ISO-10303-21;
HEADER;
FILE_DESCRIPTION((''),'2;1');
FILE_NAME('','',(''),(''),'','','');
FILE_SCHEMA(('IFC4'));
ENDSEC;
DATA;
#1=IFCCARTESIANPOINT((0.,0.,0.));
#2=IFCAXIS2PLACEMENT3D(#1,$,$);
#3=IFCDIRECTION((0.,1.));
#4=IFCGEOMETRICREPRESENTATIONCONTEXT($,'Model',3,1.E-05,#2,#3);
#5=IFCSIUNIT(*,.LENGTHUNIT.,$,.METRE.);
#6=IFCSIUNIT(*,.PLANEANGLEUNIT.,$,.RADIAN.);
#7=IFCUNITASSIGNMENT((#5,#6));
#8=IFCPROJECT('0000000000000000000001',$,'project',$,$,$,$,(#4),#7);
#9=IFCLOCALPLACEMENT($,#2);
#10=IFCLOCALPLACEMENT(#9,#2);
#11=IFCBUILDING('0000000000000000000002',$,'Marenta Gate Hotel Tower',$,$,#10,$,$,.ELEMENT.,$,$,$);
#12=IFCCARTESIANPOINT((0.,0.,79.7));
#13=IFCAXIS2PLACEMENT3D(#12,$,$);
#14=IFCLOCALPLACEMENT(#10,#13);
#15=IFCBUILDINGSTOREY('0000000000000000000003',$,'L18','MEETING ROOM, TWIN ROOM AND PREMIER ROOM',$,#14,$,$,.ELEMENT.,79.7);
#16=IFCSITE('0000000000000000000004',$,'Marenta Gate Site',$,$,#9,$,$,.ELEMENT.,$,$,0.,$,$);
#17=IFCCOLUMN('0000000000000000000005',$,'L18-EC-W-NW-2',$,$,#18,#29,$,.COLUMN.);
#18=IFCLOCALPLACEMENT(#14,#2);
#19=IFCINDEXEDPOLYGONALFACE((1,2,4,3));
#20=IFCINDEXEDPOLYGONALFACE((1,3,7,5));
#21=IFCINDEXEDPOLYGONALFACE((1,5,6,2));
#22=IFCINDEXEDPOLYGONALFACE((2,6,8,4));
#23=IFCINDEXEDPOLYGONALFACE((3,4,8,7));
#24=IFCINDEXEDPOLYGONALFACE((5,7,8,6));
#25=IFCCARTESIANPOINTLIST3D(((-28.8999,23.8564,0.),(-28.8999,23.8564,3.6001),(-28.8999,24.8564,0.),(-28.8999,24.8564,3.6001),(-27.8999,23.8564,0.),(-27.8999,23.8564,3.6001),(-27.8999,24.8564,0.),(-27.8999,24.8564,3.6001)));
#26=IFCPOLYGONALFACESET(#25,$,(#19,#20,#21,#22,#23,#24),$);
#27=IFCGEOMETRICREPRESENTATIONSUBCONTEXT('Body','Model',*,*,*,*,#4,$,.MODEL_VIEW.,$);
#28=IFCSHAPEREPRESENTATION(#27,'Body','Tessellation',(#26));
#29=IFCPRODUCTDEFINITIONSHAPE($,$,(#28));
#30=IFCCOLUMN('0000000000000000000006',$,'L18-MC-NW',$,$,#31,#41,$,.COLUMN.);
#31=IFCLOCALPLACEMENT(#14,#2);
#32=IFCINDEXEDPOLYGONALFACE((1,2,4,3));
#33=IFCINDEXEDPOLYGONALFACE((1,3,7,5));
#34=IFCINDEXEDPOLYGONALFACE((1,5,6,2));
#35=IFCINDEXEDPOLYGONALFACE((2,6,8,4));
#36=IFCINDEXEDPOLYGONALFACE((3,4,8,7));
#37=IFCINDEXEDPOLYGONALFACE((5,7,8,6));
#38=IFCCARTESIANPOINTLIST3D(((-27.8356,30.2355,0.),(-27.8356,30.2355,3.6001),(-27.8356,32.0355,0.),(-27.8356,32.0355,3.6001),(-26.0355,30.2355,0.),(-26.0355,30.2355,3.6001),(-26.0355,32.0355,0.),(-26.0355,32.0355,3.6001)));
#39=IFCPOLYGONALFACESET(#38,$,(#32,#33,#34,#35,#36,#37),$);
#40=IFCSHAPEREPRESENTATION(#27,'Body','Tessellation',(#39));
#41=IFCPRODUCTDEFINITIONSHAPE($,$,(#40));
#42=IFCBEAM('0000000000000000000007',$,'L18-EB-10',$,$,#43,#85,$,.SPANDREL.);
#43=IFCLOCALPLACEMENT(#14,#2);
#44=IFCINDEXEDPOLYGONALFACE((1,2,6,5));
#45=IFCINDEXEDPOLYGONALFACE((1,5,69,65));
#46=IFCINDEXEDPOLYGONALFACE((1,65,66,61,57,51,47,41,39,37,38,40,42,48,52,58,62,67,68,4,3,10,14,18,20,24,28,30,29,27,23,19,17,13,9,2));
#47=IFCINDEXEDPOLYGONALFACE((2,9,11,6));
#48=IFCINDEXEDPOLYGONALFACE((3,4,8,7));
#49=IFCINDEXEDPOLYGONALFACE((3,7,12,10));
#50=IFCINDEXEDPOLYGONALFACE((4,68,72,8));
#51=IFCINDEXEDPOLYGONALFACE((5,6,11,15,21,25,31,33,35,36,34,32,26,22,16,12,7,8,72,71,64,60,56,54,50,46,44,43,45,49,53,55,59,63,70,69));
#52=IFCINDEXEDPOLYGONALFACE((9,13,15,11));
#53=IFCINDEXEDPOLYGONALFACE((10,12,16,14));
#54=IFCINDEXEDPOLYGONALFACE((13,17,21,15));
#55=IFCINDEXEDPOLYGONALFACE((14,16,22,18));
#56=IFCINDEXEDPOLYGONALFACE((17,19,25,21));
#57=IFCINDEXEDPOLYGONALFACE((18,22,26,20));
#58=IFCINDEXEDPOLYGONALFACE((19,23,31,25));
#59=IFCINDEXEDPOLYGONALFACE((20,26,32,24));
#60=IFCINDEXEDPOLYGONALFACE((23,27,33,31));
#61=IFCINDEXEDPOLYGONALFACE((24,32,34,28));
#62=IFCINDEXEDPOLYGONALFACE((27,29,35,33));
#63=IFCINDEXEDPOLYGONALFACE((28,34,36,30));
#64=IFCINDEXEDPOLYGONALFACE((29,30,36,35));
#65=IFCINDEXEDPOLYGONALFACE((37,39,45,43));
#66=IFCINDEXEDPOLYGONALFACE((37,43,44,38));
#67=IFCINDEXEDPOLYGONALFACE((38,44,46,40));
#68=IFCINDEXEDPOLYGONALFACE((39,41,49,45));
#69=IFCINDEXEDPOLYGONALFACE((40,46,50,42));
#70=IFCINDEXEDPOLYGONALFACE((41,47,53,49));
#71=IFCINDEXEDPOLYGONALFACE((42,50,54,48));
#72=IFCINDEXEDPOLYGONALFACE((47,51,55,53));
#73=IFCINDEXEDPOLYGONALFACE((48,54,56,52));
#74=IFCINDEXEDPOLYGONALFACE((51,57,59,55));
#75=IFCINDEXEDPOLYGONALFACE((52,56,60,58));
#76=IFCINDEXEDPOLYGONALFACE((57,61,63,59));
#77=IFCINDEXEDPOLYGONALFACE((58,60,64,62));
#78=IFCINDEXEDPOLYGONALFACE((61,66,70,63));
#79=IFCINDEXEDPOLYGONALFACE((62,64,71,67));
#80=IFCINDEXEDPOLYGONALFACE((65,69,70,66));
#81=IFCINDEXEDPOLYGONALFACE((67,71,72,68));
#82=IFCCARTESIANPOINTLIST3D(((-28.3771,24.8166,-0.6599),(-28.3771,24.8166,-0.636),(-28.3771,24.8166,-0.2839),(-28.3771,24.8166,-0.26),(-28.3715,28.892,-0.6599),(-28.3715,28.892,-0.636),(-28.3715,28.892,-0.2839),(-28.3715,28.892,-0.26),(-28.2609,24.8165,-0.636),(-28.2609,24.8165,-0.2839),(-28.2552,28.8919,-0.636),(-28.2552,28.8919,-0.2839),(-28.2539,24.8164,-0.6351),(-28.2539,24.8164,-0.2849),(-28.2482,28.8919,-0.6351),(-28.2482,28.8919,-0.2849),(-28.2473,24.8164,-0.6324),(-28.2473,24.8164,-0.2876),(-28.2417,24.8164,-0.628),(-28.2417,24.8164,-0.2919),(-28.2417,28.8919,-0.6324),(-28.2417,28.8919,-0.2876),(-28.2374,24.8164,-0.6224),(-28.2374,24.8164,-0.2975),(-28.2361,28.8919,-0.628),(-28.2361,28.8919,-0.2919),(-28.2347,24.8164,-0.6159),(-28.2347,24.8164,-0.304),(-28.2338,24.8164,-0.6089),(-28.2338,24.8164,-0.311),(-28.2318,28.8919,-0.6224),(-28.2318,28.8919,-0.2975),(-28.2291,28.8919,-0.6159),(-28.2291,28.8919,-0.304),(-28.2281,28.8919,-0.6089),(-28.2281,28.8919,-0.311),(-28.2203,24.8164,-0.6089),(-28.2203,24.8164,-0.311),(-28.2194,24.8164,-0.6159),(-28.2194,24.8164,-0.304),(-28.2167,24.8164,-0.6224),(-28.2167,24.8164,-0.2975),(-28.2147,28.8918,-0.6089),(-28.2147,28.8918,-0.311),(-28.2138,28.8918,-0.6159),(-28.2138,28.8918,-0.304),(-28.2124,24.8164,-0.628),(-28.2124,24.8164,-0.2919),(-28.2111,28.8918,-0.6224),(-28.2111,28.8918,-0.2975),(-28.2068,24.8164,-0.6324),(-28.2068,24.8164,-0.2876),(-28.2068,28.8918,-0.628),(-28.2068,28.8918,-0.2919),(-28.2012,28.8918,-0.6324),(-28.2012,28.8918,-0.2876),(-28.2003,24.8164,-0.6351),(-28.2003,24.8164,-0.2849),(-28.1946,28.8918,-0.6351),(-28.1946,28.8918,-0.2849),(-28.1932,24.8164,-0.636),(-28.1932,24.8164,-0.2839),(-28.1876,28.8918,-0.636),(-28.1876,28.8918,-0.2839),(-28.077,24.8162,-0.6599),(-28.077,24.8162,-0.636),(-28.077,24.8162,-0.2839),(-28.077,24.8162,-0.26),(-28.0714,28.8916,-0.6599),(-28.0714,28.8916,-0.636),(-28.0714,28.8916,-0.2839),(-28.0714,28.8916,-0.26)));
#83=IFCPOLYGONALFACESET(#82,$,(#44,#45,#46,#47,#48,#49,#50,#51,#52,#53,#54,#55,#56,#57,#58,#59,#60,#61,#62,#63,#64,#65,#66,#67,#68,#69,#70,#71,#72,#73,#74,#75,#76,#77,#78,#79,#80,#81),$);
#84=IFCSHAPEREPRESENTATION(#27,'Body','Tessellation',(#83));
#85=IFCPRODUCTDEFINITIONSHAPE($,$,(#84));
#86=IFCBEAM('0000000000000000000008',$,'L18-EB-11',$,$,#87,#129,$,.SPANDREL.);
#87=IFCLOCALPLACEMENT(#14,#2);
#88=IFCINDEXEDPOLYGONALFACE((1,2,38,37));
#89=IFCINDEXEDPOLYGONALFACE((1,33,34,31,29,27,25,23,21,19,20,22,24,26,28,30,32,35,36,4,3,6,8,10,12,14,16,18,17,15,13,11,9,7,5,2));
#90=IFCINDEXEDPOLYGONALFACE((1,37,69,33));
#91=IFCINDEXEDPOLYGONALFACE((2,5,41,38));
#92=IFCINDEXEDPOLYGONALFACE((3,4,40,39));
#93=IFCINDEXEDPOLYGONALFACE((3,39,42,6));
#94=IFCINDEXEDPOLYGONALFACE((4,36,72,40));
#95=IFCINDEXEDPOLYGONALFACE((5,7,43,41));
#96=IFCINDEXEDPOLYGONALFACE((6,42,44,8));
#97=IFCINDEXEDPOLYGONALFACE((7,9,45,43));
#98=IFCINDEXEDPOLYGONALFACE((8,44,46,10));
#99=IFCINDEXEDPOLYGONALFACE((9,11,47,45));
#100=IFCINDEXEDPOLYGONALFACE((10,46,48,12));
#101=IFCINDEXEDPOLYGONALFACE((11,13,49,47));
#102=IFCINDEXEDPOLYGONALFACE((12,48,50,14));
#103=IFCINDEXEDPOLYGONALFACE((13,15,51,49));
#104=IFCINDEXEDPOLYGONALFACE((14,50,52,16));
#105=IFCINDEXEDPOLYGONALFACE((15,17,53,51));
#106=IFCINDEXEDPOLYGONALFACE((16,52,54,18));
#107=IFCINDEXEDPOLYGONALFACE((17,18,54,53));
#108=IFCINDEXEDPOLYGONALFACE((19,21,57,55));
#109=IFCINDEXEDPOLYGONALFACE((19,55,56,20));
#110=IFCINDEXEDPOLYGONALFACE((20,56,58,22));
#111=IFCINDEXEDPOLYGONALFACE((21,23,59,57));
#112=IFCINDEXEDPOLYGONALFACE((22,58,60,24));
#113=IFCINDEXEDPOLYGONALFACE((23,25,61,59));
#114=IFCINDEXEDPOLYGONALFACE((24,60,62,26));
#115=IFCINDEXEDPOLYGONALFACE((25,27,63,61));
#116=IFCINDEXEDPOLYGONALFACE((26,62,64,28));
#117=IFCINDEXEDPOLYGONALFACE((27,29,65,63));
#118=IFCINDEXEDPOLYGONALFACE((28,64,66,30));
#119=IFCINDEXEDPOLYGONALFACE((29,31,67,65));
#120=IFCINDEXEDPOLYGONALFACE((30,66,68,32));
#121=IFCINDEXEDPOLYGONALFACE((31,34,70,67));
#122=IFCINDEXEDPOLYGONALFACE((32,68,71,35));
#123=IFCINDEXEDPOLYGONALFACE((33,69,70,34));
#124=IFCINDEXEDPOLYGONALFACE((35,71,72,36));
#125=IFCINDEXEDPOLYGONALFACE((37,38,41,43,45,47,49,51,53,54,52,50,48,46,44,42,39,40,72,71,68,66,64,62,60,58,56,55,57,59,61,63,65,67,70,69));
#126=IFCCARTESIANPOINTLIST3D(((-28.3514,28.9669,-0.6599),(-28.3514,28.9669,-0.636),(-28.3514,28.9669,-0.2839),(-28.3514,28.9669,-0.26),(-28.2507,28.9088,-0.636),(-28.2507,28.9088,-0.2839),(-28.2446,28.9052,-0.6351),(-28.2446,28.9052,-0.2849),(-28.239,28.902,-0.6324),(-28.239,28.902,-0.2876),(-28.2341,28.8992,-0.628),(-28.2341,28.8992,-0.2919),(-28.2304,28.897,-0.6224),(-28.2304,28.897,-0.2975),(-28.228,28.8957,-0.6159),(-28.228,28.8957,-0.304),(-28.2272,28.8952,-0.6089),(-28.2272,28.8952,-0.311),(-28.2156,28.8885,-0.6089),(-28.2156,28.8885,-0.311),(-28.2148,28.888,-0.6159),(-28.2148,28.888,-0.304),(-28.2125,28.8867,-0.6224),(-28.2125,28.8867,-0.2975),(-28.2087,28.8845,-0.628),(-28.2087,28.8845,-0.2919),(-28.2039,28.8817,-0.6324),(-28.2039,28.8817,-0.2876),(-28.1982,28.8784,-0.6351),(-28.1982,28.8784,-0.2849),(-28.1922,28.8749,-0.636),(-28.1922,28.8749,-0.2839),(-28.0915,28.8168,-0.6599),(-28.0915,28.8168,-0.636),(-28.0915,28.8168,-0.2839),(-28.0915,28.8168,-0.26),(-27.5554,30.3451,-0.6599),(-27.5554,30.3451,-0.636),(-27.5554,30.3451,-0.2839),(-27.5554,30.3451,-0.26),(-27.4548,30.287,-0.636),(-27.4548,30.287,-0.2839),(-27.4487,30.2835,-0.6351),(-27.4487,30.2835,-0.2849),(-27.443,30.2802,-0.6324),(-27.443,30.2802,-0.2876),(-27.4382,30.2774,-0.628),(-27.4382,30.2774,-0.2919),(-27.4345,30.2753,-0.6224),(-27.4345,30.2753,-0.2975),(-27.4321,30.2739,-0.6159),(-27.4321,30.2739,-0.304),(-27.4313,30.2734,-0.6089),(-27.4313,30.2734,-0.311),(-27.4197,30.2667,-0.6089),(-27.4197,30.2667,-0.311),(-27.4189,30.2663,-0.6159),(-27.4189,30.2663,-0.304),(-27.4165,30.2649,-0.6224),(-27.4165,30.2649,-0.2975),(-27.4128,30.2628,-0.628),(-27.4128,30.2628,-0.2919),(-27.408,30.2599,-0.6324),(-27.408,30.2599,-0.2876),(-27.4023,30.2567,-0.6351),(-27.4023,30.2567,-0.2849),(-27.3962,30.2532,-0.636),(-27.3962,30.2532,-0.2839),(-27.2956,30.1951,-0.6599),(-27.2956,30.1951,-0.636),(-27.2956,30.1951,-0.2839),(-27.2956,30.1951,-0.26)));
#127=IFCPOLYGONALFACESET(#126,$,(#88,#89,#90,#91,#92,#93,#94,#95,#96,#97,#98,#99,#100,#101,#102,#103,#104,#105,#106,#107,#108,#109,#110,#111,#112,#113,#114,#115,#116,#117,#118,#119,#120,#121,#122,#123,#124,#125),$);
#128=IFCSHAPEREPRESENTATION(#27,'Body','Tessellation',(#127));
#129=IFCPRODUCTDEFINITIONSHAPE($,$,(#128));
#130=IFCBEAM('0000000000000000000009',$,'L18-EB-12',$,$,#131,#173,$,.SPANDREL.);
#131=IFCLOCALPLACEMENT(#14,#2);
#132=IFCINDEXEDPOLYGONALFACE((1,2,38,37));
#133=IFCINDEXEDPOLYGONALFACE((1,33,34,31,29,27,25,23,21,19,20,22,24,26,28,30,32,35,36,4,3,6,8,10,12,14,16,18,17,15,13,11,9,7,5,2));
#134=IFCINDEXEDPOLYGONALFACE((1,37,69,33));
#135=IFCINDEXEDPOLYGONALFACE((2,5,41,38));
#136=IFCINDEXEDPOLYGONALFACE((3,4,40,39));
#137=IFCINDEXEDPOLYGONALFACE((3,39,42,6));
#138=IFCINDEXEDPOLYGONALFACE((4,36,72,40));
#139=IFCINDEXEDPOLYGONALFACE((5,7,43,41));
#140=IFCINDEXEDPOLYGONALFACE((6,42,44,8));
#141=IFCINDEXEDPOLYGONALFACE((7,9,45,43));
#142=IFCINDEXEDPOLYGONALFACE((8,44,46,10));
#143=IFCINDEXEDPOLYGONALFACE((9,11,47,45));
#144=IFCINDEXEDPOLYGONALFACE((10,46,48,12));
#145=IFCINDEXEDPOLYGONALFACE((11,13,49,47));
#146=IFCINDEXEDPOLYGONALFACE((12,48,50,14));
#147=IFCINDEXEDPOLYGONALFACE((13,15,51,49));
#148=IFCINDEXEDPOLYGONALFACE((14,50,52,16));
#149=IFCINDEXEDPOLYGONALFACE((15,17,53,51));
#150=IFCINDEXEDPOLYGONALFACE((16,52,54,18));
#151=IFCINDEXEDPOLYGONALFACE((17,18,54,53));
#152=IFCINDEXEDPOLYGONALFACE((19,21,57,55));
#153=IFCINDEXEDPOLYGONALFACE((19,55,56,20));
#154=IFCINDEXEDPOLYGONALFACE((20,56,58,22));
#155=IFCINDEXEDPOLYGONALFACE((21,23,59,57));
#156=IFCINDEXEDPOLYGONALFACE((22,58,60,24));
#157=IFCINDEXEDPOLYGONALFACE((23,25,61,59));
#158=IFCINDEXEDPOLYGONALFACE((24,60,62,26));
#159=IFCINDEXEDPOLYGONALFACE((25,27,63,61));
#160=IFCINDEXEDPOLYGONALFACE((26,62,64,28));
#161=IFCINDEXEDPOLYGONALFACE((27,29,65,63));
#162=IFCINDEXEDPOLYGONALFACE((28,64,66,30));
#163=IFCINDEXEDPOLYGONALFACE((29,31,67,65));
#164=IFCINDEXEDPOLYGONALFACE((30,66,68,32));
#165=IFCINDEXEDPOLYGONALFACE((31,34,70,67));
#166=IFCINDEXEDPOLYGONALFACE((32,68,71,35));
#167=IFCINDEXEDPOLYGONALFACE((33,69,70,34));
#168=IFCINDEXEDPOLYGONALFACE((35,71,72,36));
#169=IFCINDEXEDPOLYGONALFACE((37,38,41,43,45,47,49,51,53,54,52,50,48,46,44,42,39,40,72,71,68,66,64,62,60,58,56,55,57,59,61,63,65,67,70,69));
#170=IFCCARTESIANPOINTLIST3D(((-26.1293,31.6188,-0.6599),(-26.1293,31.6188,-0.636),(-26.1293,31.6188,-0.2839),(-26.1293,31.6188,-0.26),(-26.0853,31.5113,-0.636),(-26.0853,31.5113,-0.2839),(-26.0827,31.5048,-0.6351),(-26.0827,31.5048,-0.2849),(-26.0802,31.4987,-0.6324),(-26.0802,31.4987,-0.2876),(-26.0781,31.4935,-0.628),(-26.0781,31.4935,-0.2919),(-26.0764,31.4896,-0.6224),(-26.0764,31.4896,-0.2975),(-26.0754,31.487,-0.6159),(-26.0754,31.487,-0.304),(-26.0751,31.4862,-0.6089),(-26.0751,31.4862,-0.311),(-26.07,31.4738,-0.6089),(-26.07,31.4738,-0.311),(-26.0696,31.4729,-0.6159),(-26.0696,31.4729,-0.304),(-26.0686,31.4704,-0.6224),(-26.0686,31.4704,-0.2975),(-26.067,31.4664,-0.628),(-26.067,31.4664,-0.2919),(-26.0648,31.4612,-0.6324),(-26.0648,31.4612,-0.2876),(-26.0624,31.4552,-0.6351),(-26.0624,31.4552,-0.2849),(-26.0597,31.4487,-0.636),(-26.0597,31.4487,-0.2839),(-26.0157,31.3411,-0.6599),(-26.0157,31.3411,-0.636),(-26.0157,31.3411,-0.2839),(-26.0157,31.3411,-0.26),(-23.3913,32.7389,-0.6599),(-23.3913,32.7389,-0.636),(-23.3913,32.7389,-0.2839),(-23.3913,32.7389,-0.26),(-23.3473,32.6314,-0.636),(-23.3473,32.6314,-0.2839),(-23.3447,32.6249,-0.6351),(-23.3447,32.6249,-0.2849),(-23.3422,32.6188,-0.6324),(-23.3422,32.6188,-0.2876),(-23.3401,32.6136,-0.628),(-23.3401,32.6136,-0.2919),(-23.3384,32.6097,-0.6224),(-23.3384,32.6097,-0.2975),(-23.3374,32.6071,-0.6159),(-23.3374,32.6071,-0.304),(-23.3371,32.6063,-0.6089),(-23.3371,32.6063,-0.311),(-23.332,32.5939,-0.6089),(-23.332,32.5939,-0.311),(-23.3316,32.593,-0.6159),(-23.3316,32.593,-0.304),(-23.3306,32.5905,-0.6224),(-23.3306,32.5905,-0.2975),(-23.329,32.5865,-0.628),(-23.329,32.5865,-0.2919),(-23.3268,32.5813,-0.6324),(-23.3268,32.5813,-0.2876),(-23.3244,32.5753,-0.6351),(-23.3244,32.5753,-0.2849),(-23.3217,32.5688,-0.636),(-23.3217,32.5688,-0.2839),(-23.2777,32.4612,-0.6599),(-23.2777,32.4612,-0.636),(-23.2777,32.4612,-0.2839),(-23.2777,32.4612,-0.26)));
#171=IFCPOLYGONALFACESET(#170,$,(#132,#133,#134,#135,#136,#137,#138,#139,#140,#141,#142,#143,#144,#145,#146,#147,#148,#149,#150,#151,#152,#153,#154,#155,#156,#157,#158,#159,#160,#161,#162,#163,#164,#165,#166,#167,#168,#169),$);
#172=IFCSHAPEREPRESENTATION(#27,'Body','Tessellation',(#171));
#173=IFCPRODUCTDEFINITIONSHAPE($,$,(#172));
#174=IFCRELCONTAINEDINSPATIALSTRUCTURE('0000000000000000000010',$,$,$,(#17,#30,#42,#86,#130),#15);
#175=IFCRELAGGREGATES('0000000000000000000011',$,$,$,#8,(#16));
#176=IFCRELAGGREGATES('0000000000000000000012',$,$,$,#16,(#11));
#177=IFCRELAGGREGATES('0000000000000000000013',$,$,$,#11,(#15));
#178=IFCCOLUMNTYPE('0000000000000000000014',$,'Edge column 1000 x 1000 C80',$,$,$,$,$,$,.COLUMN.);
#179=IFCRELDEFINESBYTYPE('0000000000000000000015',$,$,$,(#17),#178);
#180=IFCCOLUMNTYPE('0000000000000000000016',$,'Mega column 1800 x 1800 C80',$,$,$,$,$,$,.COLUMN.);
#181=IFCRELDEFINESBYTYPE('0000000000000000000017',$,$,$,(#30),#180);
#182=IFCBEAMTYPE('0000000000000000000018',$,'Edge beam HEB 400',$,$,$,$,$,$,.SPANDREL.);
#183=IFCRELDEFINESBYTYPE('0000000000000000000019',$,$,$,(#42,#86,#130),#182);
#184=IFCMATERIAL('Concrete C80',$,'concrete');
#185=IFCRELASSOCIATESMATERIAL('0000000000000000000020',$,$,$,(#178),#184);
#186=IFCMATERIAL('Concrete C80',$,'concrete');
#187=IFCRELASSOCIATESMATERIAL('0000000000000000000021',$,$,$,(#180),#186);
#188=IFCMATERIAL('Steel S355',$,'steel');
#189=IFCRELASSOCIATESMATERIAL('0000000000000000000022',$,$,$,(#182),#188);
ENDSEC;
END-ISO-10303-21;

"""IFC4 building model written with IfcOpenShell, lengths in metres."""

from ifc_helpers import new_model, si_unit, direction, frame, origin, origin_2d, place, context, subcontext, project, spatial, rectangle, i_section, extrude, material, material_profile, profile_set, type_object, element, save


model = new_model("IFC4")

# Units and contexts
model_context = context("Model", 3, precision=1e-05, world=origin(), true_north=direction((0.0, 1.0)))
body_context = subcontext(model_context, "Body", "Model", "MODEL_VIEW")
ifc_project = project(units=[si_unit("LENGTHUNIT", "METRE"), si_unit("PLANEANGLEUNIT", "RADIAN")], contexts=[model_context])

# Site, building, storey
site_placement = place(None, origin())
site = spatial("IfcSite", under=ifc_project, at=site_placement, Name="Marenta Gate Site", CompositionType="ELEMENT", RefElevation=0.0)
building_placement = place(site_placement, origin())
building = spatial("IfcBuilding", under=site, at=building_placement, Name="Marenta Gate Hotel Tower", CompositionType="ELEMENT")
storey_placement = place(building_placement, frame((0.0, 0.0, 79.7)))
storey = spatial("IfcBuildingStorey", under=building, at=storey_placement, Name="L18", Description="MEETING ROOM, TWIN ROOM AND PREMIER ROOM", CompositionType="ELEMENT", Elevation=79.7)

# Columns
ifc_material_1 = material(Name="Concrete C80", Category="concrete")
ifc_material_profile_1 = material_profile(ifc_material_1, rectangle(XDim=1.0, YDim=1.0, at=origin_2d()), Name="1000 x 1000")
ifc_profile_set_1 = profile_set([ifc_material_profile_1], Name="Concrete C80")
column_type_1 = type_object("IfcColumnType", Name="Edge column 1000 x 1000 C80", PredefinedType="COLUMN", material=ifc_profile_set_1)
column_1_placement = place(storey_placement, frame((-28.3999, 24.3564, 0.0), z_axis=(0.0, 0.0, 1.0), x_axis=(1.0, 0.0, 0.0)))
element("IfcColumn", 1, at=column_1_placement, inside=storey, type_object=column_type_1, Name="L18-EC-W-NW-2", PredefinedType="COLUMN", context=body_context, shape_type="SweptSolid", body=[
    extrude(rectangle(XDim=1.0, YDim=1.0, at=origin_2d()), origin(), (0.0, 0.0, 1.0), 3.6001),
])
ifc_material_2 = material(Name="Concrete C80", Category="concrete")
ifc_material_profile_2 = material_profile(ifc_material_2, rectangle(XDim=1.8, YDim=1.8, at=origin_2d()), Name="1800 x 1800")
ifc_profile_set_2 = profile_set([ifc_material_profile_2], Name="Concrete C80")
column_type_2 = type_object("IfcColumnType", Name="Mega column 1800 x 1800 C80", PredefinedType="COLUMN", material=ifc_profile_set_2)
column_2_placement = place(storey_placement, frame((-26.9355, 31.1355, 0.0), z_axis=(0.0, 0.0, 1.0), x_axis=(1.0, 0.0, 0.0)))
element("IfcColumn", 2, at=column_2_placement, inside=storey, type_object=column_type_2, Name="L18-MC-NW", PredefinedType="COLUMN", context=body_context, shape_type="SweptSolid", body=[
    extrude(rectangle(XDim=1.8, YDim=1.8, at=origin_2d()), origin(), (0.0, 0.0, 1.0), 3.6001),
])

# Beams
ifc_material_3 = material(Name="Steel S355", Category="steel")
ifc_material_profile_3 = material_profile(ifc_material_3, i_section(OverallWidth=0.3, OverallDepth=0.3999, WebThickness=0.0134, FlangeThickness=0.0239, FilletRadius=0.0271, at=origin_2d()), Name="HEB 400")
ifc_profile_set_3 = profile_set([ifc_material_profile_3], Name="Steel S355")
beam_type_1 = type_object("IfcBeamType", Name="Edge beam HEB 400", PredefinedType="SPANDREL", material=ifc_profile_set_3)
beam_1_placement = place(storey_placement, frame((-28.2271, 24.8164, -0.46), z_axis=(0.001378, 0.999999, 0.0), x_axis=(-0.999999, 0.001378, 0.0)))
element("IfcBeam", 3, at=beam_1_placement, inside=storey, type_object=beam_type_1, Name="L18-EB-10", PredefinedType="SPANDREL", context=body_context, shape_type="SweptSolid", body=[
    extrude(i_section(OverallWidth=0.3, OverallDepth=0.3999, WebThickness=0.0134, FlangeThickness=0.0239, FilletRadius=0.0271, at=origin_2d()), origin(), (0.0, 0.0, 1.0), 4.0754),
])
beam_2_placement = place(storey_placement, frame((-28.2214, 28.8918, -0.46), z_axis=(0.500099, 0.865968, 0.0), x_axis=(-0.865968, 0.500099, 0.0)))
element("IfcBeam", 4, at=beam_2_placement, inside=storey, type_object=beam_type_1, Name="L18-EB-11", PredefinedType="SPANDREL", context=body_context, shape_type="SweptSolid", body=[
    extrude(i_section(OverallWidth=0.3, OverallDepth=0.3999, WebThickness=0.0134, FlangeThickness=0.0239, FilletRadius=0.0271, at=origin_2d()), origin(), (0.0, 0.0, 1.0), 1.5916),
])
beam_3_placement = place(storey_placement, frame((-26.0725, 31.48, -0.46), z_axis=(0.925546, 0.378636, 0.0), x_axis=(-0.378636, 0.925546, 0.0)))
element("IfcBeam", 5, at=beam_3_placement, inside=storey, type_object=beam_type_1, Name="L18-EB-12", PredefinedType="SPANDREL", context=body_context, shape_type="SweptSolid", body=[
    extrude(i_section(OverallWidth=0.3, OverallDepth=0.3999, WebThickness=0.0134, FlangeThickness=0.0239, FilletRadius=0.0271, at=origin_2d()), origin(), (0.0, 0.0, 1.0), 2.9583),
])

save(model, "model.ifc")
